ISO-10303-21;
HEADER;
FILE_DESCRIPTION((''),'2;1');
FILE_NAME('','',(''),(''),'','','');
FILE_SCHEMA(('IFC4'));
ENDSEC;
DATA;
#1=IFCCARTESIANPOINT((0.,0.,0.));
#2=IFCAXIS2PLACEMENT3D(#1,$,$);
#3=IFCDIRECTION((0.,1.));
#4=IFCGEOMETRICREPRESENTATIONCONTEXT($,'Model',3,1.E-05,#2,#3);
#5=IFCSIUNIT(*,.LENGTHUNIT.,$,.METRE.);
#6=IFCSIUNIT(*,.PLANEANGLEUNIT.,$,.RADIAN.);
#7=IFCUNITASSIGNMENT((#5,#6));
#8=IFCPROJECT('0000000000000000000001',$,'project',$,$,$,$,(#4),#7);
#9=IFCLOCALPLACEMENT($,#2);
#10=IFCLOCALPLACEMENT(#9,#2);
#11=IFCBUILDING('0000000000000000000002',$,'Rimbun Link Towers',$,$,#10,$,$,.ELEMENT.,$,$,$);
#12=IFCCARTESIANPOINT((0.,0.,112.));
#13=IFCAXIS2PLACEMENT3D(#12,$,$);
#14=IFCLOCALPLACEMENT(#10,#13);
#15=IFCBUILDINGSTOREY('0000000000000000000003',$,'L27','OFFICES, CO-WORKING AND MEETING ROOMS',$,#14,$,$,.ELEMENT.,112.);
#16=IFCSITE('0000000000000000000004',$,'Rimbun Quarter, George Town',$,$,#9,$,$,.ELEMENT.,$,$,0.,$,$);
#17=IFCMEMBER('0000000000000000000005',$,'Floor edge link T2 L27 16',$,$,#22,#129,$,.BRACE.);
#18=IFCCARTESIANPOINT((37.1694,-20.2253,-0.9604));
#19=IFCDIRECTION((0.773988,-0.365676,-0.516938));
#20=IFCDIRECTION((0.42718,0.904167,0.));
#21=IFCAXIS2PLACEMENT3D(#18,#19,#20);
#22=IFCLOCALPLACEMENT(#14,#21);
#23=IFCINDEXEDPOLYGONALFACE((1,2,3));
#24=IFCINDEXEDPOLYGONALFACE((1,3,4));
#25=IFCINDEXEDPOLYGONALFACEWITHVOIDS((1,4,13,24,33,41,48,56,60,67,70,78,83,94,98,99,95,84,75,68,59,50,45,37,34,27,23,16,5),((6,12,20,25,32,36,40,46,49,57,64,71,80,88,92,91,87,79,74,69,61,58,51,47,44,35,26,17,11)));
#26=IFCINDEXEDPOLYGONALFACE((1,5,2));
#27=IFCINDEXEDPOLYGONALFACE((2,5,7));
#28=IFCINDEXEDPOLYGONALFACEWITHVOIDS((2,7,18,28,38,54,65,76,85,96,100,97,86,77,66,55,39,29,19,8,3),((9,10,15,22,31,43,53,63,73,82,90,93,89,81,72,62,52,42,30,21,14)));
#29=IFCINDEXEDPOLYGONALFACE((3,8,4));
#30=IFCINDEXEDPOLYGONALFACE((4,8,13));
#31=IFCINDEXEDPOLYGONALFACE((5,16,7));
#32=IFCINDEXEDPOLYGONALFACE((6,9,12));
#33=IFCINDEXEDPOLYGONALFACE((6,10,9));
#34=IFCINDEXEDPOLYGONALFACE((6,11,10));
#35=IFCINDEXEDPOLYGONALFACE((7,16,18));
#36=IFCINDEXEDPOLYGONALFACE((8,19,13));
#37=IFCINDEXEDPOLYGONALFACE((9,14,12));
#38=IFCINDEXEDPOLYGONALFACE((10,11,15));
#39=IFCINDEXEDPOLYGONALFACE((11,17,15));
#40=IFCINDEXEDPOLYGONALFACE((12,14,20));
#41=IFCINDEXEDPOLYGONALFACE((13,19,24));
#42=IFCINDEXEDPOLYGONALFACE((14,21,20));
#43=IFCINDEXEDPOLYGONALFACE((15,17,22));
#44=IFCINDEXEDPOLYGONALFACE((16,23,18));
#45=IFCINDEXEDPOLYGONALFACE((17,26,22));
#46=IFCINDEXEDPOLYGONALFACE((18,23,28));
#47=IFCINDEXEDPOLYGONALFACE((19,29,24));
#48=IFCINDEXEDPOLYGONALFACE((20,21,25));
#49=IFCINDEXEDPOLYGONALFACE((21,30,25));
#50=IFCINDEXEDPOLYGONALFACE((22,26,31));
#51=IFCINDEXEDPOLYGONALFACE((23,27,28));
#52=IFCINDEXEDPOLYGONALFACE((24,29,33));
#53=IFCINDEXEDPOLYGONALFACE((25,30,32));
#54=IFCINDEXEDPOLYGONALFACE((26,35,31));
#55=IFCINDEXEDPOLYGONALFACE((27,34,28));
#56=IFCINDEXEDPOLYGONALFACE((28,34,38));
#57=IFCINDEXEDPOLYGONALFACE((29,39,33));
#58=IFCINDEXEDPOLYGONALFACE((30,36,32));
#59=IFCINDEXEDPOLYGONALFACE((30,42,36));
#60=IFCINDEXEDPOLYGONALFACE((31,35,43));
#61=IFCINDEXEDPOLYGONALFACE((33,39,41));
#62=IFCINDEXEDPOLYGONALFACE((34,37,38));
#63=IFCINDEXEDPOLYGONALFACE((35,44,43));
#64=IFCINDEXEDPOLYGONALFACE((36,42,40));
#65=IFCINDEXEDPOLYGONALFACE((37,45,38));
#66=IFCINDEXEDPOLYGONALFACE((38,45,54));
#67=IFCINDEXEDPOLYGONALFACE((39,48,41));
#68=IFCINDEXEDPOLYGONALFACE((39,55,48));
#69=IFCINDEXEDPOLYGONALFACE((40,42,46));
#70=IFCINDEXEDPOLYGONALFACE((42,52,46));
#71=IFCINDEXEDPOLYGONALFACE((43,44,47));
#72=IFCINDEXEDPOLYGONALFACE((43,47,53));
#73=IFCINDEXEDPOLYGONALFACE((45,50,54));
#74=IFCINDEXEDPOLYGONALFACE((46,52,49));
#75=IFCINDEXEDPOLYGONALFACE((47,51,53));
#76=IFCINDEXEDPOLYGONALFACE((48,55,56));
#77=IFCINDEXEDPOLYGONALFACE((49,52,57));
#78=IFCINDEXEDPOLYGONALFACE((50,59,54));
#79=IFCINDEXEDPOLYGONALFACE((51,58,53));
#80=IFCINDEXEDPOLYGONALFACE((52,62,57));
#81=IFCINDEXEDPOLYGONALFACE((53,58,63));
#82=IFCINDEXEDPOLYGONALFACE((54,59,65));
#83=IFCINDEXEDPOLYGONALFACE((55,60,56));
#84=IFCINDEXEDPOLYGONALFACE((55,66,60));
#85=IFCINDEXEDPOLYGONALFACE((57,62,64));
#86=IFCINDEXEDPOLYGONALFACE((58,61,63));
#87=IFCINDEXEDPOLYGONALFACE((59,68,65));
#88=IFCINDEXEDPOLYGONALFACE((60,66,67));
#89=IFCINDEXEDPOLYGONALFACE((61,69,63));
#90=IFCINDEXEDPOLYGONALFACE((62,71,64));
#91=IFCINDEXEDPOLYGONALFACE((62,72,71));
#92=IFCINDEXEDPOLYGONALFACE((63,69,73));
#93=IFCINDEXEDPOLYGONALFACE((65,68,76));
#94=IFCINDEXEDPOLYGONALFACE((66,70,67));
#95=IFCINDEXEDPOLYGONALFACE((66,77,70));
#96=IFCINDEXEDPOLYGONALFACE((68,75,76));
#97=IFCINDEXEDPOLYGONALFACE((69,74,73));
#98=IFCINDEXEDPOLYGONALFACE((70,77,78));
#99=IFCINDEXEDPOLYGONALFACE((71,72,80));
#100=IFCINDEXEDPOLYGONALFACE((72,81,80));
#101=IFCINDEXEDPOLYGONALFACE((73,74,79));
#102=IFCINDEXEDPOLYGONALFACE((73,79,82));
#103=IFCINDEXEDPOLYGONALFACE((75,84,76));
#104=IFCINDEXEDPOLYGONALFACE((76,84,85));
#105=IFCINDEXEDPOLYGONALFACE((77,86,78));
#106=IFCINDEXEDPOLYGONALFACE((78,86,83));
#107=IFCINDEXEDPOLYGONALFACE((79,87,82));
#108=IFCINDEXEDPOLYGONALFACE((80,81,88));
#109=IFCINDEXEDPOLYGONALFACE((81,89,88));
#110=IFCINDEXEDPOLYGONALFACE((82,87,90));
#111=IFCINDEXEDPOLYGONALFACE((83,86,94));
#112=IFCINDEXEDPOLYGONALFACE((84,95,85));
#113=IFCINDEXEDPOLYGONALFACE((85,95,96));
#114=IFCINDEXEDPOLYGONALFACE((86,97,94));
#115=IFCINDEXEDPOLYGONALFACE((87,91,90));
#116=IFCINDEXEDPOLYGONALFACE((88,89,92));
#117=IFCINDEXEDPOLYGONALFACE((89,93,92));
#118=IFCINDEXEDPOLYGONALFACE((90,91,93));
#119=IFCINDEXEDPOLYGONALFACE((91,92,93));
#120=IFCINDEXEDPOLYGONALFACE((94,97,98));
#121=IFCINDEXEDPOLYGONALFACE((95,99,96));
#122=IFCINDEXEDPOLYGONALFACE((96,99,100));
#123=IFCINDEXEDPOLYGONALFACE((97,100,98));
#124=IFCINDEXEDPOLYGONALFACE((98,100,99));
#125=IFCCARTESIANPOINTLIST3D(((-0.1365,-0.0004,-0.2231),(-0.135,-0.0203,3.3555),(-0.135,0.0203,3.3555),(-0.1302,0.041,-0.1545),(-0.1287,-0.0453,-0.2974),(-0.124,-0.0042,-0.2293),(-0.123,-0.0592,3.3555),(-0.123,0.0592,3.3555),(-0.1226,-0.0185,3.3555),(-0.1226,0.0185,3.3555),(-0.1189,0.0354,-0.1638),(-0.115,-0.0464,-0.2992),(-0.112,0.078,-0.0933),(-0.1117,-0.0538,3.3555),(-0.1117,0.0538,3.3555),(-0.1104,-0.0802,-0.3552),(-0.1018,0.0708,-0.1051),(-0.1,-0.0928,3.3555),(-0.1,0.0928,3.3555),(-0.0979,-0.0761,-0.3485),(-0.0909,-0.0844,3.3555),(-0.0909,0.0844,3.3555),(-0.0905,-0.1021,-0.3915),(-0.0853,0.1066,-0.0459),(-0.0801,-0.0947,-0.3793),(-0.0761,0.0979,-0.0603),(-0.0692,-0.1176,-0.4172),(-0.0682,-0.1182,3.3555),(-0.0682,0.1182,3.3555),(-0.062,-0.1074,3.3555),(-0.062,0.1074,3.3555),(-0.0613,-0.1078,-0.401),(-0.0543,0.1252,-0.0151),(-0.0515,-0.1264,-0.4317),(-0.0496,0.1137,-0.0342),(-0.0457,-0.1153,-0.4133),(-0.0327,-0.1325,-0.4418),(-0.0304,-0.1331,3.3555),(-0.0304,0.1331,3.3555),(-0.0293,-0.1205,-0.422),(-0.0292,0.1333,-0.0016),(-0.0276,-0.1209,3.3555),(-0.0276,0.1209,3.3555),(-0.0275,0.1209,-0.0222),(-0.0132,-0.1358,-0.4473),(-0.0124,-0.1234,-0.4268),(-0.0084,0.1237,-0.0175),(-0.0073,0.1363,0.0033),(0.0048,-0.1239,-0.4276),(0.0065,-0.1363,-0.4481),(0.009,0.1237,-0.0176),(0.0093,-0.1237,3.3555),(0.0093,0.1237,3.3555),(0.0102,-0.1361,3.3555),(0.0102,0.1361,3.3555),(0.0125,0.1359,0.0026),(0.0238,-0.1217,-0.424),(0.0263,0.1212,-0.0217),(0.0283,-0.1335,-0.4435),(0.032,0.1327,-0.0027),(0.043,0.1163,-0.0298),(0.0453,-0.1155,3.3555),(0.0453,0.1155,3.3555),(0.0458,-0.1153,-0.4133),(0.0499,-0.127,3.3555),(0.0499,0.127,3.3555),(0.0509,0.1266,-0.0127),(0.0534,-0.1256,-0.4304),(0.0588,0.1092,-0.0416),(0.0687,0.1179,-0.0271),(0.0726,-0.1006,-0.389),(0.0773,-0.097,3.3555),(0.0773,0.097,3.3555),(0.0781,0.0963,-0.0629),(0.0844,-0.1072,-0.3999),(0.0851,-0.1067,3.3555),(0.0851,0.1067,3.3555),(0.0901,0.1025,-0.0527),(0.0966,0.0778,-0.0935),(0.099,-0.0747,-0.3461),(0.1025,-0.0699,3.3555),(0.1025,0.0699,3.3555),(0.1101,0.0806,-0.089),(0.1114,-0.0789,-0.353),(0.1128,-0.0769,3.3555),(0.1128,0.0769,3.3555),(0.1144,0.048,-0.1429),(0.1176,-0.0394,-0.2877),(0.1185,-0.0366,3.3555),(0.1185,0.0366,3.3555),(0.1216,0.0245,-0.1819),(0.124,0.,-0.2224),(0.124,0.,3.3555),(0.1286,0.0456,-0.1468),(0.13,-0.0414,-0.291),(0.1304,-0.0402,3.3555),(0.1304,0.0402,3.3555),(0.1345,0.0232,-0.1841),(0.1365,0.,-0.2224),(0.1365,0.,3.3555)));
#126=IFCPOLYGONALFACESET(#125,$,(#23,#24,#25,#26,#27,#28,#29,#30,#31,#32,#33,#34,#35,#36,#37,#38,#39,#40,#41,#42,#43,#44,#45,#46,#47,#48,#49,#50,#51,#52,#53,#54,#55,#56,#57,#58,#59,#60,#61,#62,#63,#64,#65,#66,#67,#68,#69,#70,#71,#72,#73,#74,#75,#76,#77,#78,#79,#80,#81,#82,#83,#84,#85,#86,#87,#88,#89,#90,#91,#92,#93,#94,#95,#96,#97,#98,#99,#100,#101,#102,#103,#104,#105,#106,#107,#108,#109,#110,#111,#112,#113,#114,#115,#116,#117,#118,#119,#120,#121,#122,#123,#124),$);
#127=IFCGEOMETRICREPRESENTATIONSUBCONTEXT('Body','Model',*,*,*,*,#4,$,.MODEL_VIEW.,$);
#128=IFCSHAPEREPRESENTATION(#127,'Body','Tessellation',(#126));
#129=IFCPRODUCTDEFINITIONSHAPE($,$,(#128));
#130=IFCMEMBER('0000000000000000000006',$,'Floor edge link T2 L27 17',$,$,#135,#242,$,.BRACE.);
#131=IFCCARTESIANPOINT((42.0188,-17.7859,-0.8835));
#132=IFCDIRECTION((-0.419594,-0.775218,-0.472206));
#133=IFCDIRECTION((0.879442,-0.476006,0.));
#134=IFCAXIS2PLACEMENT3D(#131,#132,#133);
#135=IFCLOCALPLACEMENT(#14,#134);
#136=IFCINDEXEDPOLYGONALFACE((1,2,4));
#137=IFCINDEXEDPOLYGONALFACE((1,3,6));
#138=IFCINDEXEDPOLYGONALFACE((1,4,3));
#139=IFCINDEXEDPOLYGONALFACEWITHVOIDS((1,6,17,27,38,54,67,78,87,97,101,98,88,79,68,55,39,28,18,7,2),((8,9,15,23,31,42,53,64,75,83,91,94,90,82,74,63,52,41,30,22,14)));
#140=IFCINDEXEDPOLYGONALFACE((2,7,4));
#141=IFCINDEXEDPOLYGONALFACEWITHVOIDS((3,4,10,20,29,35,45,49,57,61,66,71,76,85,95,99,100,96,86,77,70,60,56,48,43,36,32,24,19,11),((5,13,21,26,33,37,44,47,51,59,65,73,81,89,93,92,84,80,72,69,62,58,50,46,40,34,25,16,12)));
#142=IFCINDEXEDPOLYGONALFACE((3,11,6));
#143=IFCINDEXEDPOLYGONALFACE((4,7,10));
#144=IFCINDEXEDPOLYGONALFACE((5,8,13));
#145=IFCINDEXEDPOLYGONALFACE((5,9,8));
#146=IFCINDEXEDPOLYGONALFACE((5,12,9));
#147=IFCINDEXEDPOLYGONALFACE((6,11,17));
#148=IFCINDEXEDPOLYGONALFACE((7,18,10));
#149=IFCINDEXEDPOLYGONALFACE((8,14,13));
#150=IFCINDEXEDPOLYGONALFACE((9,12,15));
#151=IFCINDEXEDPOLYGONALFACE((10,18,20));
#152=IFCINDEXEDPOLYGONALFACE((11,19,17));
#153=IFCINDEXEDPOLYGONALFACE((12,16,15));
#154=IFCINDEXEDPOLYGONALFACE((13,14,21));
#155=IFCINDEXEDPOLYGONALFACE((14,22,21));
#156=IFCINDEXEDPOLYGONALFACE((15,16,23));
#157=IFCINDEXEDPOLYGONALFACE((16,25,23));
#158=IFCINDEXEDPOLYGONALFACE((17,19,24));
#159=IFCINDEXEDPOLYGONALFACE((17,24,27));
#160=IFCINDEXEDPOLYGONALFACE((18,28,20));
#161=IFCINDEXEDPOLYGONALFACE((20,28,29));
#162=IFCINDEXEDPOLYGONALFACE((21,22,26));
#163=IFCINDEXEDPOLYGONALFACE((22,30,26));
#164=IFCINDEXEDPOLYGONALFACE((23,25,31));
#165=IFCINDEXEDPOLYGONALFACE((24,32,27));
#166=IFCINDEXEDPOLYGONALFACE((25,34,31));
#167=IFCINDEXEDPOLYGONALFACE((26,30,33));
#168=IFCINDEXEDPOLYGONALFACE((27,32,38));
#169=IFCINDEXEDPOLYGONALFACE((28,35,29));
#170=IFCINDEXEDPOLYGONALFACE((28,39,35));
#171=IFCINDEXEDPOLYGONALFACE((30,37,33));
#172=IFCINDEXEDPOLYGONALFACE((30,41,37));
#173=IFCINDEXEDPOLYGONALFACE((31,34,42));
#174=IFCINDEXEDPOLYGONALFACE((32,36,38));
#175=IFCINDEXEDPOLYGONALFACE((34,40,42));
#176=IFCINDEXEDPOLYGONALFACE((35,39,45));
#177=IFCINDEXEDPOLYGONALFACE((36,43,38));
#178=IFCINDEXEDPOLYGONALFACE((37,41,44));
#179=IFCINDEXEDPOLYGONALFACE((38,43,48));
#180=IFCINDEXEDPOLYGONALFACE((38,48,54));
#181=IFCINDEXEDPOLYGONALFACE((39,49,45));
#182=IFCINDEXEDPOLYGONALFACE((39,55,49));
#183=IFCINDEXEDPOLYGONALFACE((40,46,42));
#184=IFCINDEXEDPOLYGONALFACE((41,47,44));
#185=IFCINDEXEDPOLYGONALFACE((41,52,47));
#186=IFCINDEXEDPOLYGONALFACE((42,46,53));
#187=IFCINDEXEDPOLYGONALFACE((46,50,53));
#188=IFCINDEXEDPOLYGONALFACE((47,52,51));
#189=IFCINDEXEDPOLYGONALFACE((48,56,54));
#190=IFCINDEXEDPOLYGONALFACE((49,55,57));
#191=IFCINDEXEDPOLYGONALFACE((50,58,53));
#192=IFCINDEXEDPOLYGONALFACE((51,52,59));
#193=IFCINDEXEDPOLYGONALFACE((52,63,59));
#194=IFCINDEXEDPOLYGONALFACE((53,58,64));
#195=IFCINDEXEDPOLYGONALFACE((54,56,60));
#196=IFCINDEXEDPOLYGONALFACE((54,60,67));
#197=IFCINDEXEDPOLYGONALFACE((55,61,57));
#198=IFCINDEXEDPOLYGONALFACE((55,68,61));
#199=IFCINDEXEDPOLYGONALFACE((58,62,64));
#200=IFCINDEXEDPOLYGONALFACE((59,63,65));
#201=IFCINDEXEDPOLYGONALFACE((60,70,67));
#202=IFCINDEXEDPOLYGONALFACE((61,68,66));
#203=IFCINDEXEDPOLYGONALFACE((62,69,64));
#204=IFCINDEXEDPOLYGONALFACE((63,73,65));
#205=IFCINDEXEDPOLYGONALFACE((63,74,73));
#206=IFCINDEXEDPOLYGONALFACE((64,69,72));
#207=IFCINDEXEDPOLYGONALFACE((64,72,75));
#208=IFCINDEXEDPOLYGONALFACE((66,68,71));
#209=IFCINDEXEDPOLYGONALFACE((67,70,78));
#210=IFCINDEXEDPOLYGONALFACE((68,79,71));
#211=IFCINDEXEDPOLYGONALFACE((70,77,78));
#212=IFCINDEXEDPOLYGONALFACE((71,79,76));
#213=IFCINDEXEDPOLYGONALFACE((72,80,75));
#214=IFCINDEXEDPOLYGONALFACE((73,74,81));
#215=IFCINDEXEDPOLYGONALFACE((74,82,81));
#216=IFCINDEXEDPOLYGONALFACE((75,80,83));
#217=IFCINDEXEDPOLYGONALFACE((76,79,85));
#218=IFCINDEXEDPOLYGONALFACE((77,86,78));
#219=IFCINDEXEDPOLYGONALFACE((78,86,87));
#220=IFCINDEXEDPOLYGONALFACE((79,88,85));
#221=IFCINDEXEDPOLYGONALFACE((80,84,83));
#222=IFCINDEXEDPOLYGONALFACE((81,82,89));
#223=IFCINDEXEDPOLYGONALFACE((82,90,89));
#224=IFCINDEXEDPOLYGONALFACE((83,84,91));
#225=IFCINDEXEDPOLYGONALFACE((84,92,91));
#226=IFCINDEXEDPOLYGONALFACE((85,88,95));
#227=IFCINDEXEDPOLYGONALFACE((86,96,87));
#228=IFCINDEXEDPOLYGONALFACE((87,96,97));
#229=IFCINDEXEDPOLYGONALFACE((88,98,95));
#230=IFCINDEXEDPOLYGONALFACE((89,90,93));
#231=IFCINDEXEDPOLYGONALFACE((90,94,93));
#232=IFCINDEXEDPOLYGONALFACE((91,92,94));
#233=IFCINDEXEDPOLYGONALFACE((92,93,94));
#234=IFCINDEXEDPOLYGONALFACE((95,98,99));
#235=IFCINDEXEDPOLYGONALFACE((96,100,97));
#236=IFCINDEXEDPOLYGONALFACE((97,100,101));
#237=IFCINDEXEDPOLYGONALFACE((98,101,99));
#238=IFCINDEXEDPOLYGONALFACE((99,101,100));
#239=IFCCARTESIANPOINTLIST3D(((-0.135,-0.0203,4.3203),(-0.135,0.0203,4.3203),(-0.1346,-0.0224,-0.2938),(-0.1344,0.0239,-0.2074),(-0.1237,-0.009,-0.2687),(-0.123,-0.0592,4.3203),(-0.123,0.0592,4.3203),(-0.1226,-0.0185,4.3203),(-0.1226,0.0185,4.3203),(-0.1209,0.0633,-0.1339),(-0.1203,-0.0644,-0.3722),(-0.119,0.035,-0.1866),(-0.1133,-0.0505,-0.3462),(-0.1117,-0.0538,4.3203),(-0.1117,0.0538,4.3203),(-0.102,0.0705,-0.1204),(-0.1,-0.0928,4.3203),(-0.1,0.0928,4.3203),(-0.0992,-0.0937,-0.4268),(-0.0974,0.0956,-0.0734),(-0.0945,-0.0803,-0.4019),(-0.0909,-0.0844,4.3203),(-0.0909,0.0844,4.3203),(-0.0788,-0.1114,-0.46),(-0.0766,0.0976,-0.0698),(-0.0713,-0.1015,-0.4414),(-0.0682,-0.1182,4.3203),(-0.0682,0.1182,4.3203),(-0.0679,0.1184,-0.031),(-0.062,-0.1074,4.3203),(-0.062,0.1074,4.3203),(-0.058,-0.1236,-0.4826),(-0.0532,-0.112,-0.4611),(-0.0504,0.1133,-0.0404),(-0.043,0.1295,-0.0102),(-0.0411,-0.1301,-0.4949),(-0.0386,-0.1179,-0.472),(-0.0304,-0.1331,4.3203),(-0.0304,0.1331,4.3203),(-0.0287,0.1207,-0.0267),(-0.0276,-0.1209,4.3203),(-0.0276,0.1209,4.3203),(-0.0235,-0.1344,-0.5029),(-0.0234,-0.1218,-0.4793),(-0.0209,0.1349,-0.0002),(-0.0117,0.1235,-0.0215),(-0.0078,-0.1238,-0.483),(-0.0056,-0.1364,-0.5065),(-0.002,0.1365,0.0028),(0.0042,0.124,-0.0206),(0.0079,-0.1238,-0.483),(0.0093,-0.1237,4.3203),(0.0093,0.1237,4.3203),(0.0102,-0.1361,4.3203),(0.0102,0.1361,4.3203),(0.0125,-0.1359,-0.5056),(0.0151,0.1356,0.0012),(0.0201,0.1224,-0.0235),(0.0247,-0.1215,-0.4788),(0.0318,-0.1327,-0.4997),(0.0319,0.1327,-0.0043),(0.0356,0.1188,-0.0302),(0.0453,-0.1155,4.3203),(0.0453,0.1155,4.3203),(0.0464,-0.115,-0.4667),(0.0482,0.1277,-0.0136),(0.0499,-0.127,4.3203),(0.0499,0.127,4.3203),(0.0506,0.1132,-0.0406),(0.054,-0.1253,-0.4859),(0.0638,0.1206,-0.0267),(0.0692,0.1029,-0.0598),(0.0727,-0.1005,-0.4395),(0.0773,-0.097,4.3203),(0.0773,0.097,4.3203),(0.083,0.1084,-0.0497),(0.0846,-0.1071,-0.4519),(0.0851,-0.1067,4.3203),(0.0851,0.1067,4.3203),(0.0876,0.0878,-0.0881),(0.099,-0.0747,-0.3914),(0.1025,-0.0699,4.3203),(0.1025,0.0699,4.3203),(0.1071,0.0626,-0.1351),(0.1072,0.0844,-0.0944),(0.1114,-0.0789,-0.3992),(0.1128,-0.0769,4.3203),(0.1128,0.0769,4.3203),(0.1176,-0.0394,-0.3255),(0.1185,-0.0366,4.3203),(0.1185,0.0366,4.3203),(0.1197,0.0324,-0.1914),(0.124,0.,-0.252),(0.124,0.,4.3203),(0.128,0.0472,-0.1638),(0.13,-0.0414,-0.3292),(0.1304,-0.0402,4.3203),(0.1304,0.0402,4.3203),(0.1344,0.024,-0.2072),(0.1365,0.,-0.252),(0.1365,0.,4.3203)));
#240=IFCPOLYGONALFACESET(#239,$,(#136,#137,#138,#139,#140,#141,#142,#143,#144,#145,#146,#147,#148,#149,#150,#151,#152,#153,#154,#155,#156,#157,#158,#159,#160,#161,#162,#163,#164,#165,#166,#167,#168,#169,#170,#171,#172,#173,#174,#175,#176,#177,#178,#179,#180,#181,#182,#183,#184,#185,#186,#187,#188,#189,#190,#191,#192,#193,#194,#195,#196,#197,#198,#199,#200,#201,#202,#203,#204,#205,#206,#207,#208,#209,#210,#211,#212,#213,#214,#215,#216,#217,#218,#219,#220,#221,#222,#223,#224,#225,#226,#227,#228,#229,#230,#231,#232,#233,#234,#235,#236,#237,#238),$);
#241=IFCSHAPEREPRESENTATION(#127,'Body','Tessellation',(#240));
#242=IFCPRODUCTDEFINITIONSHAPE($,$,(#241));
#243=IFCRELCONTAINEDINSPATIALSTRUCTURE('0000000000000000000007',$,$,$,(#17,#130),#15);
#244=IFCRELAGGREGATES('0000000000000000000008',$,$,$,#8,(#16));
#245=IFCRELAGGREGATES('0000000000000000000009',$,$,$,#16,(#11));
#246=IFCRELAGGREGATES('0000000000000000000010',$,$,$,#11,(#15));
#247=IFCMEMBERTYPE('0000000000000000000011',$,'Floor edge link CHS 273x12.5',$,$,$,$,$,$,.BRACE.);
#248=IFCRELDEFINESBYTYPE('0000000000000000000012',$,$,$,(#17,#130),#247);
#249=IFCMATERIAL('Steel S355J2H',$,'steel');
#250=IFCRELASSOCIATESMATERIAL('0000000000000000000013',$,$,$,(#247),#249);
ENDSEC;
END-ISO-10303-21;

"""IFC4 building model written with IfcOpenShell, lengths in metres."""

from ifc_helpers import new_model, si_unit, direction, frame, origin, origin_2d, place, context, subcontext, project, spatial, hollow_circle, extrude, clip, halfspace, material, material_profile, profile_set, type_object, element, save


model = new_model("IFC4")

# Units and contexts
model_context = context("Model", 3, precision=1e-05, world=origin(), true_north=direction((0.0, 1.0)))
body_context = subcontext(model_context, "Body", "Model", "MODEL_VIEW")
ifc_project = project(units=[si_unit("LENGTHUNIT", "METRE"), si_unit("PLANEANGLEUNIT", "RADIAN")], contexts=[model_context])

# Site, building, storey
site_placement = place(None, origin())
site = spatial("IfcSite", under=ifc_project, at=site_placement, Name="Rimbun Quarter, George Town", CompositionType="ELEMENT", RefElevation=0.0)
building_placement = place(site_placement, origin())
building = spatial("IfcBuilding", under=site, at=building_placement, Name="Rimbun Link Towers", CompositionType="ELEMENT")
storey_placement = place(building_placement, frame((0.0, 0.0, 112.0)))
storey = spatial("IfcBuildingStorey", under=building, at=storey_placement, Name="L27", Description="OFFICES, CO-WORKING AND MEETING ROOMS", CompositionType="ELEMENT", Elevation=112.0)

# Members
ifc_material_1 = material(Name="Steel S355J2H", Category="steel")
ifc_material_profile_1 = material_profile(ifc_material_1, hollow_circle(Radius=0.1365, WallThickness=0.0125, at=origin_2d()), Name="CHS 273x12.5")
ifc_profile_set_1 = profile_set([ifc_material_profile_1], Name="Steel S355J2H")
member_type_1 = type_object("IfcMemberType", Name="Floor edge link CHS 273x12.5", PredefinedType="BRACE", material=ifc_profile_set_1)
member_1_placement = place(storey_placement, frame((37.1694, -20.2253, -0.9604), z_axis=(0.773988, -0.365676, -0.516938), x_axis=(0.42718, 0.904167, 0.0)))
element("IfcMember", 1, at=member_1_placement, inside=storey, type_object=member_type_1, Name="Floor edge link T2 L27 16", PredefinedType="BRACE", context=body_context, shape_type="Clipping", body=[
    clip(extrude(hollow_circle(Radius=0.1365, WallThickness=0.0125, at=origin_2d()), frame((0.0, 0.0, -0.4714)), (0.0, 0.0, 1.0), 3.8269), halfspace(frame((0.0, 0.0, -0.2224), z_axis=(0.0, 0.856023, -0.516938)), False)),
])
member_2_placement = place(storey_placement, frame((42.0188, -17.7859, -0.8835), z_axis=(-0.419594, -0.775218, -0.472206), x_axis=(0.879442, -0.476006, 0.0)))
element("IfcMember", 2, at=member_2_placement, inside=storey, type_object=member_type_1, Name="Floor edge link T2 L27 17", PredefinedType="BRACE", context=body_context, shape_type="Clipping", body=[
    clip(extrude(hollow_circle(Radius=0.1365, WallThickness=0.0125, at=origin_2d()), frame((0.0, 0.0, -0.5308)), (0.0, 0.0, 1.0), 4.8511), halfspace(frame((0.0, 0.0, -0.252), z_axis=(0.0, 0.881488, -0.472206)), False)),
])

save(model, "model.ifc")
